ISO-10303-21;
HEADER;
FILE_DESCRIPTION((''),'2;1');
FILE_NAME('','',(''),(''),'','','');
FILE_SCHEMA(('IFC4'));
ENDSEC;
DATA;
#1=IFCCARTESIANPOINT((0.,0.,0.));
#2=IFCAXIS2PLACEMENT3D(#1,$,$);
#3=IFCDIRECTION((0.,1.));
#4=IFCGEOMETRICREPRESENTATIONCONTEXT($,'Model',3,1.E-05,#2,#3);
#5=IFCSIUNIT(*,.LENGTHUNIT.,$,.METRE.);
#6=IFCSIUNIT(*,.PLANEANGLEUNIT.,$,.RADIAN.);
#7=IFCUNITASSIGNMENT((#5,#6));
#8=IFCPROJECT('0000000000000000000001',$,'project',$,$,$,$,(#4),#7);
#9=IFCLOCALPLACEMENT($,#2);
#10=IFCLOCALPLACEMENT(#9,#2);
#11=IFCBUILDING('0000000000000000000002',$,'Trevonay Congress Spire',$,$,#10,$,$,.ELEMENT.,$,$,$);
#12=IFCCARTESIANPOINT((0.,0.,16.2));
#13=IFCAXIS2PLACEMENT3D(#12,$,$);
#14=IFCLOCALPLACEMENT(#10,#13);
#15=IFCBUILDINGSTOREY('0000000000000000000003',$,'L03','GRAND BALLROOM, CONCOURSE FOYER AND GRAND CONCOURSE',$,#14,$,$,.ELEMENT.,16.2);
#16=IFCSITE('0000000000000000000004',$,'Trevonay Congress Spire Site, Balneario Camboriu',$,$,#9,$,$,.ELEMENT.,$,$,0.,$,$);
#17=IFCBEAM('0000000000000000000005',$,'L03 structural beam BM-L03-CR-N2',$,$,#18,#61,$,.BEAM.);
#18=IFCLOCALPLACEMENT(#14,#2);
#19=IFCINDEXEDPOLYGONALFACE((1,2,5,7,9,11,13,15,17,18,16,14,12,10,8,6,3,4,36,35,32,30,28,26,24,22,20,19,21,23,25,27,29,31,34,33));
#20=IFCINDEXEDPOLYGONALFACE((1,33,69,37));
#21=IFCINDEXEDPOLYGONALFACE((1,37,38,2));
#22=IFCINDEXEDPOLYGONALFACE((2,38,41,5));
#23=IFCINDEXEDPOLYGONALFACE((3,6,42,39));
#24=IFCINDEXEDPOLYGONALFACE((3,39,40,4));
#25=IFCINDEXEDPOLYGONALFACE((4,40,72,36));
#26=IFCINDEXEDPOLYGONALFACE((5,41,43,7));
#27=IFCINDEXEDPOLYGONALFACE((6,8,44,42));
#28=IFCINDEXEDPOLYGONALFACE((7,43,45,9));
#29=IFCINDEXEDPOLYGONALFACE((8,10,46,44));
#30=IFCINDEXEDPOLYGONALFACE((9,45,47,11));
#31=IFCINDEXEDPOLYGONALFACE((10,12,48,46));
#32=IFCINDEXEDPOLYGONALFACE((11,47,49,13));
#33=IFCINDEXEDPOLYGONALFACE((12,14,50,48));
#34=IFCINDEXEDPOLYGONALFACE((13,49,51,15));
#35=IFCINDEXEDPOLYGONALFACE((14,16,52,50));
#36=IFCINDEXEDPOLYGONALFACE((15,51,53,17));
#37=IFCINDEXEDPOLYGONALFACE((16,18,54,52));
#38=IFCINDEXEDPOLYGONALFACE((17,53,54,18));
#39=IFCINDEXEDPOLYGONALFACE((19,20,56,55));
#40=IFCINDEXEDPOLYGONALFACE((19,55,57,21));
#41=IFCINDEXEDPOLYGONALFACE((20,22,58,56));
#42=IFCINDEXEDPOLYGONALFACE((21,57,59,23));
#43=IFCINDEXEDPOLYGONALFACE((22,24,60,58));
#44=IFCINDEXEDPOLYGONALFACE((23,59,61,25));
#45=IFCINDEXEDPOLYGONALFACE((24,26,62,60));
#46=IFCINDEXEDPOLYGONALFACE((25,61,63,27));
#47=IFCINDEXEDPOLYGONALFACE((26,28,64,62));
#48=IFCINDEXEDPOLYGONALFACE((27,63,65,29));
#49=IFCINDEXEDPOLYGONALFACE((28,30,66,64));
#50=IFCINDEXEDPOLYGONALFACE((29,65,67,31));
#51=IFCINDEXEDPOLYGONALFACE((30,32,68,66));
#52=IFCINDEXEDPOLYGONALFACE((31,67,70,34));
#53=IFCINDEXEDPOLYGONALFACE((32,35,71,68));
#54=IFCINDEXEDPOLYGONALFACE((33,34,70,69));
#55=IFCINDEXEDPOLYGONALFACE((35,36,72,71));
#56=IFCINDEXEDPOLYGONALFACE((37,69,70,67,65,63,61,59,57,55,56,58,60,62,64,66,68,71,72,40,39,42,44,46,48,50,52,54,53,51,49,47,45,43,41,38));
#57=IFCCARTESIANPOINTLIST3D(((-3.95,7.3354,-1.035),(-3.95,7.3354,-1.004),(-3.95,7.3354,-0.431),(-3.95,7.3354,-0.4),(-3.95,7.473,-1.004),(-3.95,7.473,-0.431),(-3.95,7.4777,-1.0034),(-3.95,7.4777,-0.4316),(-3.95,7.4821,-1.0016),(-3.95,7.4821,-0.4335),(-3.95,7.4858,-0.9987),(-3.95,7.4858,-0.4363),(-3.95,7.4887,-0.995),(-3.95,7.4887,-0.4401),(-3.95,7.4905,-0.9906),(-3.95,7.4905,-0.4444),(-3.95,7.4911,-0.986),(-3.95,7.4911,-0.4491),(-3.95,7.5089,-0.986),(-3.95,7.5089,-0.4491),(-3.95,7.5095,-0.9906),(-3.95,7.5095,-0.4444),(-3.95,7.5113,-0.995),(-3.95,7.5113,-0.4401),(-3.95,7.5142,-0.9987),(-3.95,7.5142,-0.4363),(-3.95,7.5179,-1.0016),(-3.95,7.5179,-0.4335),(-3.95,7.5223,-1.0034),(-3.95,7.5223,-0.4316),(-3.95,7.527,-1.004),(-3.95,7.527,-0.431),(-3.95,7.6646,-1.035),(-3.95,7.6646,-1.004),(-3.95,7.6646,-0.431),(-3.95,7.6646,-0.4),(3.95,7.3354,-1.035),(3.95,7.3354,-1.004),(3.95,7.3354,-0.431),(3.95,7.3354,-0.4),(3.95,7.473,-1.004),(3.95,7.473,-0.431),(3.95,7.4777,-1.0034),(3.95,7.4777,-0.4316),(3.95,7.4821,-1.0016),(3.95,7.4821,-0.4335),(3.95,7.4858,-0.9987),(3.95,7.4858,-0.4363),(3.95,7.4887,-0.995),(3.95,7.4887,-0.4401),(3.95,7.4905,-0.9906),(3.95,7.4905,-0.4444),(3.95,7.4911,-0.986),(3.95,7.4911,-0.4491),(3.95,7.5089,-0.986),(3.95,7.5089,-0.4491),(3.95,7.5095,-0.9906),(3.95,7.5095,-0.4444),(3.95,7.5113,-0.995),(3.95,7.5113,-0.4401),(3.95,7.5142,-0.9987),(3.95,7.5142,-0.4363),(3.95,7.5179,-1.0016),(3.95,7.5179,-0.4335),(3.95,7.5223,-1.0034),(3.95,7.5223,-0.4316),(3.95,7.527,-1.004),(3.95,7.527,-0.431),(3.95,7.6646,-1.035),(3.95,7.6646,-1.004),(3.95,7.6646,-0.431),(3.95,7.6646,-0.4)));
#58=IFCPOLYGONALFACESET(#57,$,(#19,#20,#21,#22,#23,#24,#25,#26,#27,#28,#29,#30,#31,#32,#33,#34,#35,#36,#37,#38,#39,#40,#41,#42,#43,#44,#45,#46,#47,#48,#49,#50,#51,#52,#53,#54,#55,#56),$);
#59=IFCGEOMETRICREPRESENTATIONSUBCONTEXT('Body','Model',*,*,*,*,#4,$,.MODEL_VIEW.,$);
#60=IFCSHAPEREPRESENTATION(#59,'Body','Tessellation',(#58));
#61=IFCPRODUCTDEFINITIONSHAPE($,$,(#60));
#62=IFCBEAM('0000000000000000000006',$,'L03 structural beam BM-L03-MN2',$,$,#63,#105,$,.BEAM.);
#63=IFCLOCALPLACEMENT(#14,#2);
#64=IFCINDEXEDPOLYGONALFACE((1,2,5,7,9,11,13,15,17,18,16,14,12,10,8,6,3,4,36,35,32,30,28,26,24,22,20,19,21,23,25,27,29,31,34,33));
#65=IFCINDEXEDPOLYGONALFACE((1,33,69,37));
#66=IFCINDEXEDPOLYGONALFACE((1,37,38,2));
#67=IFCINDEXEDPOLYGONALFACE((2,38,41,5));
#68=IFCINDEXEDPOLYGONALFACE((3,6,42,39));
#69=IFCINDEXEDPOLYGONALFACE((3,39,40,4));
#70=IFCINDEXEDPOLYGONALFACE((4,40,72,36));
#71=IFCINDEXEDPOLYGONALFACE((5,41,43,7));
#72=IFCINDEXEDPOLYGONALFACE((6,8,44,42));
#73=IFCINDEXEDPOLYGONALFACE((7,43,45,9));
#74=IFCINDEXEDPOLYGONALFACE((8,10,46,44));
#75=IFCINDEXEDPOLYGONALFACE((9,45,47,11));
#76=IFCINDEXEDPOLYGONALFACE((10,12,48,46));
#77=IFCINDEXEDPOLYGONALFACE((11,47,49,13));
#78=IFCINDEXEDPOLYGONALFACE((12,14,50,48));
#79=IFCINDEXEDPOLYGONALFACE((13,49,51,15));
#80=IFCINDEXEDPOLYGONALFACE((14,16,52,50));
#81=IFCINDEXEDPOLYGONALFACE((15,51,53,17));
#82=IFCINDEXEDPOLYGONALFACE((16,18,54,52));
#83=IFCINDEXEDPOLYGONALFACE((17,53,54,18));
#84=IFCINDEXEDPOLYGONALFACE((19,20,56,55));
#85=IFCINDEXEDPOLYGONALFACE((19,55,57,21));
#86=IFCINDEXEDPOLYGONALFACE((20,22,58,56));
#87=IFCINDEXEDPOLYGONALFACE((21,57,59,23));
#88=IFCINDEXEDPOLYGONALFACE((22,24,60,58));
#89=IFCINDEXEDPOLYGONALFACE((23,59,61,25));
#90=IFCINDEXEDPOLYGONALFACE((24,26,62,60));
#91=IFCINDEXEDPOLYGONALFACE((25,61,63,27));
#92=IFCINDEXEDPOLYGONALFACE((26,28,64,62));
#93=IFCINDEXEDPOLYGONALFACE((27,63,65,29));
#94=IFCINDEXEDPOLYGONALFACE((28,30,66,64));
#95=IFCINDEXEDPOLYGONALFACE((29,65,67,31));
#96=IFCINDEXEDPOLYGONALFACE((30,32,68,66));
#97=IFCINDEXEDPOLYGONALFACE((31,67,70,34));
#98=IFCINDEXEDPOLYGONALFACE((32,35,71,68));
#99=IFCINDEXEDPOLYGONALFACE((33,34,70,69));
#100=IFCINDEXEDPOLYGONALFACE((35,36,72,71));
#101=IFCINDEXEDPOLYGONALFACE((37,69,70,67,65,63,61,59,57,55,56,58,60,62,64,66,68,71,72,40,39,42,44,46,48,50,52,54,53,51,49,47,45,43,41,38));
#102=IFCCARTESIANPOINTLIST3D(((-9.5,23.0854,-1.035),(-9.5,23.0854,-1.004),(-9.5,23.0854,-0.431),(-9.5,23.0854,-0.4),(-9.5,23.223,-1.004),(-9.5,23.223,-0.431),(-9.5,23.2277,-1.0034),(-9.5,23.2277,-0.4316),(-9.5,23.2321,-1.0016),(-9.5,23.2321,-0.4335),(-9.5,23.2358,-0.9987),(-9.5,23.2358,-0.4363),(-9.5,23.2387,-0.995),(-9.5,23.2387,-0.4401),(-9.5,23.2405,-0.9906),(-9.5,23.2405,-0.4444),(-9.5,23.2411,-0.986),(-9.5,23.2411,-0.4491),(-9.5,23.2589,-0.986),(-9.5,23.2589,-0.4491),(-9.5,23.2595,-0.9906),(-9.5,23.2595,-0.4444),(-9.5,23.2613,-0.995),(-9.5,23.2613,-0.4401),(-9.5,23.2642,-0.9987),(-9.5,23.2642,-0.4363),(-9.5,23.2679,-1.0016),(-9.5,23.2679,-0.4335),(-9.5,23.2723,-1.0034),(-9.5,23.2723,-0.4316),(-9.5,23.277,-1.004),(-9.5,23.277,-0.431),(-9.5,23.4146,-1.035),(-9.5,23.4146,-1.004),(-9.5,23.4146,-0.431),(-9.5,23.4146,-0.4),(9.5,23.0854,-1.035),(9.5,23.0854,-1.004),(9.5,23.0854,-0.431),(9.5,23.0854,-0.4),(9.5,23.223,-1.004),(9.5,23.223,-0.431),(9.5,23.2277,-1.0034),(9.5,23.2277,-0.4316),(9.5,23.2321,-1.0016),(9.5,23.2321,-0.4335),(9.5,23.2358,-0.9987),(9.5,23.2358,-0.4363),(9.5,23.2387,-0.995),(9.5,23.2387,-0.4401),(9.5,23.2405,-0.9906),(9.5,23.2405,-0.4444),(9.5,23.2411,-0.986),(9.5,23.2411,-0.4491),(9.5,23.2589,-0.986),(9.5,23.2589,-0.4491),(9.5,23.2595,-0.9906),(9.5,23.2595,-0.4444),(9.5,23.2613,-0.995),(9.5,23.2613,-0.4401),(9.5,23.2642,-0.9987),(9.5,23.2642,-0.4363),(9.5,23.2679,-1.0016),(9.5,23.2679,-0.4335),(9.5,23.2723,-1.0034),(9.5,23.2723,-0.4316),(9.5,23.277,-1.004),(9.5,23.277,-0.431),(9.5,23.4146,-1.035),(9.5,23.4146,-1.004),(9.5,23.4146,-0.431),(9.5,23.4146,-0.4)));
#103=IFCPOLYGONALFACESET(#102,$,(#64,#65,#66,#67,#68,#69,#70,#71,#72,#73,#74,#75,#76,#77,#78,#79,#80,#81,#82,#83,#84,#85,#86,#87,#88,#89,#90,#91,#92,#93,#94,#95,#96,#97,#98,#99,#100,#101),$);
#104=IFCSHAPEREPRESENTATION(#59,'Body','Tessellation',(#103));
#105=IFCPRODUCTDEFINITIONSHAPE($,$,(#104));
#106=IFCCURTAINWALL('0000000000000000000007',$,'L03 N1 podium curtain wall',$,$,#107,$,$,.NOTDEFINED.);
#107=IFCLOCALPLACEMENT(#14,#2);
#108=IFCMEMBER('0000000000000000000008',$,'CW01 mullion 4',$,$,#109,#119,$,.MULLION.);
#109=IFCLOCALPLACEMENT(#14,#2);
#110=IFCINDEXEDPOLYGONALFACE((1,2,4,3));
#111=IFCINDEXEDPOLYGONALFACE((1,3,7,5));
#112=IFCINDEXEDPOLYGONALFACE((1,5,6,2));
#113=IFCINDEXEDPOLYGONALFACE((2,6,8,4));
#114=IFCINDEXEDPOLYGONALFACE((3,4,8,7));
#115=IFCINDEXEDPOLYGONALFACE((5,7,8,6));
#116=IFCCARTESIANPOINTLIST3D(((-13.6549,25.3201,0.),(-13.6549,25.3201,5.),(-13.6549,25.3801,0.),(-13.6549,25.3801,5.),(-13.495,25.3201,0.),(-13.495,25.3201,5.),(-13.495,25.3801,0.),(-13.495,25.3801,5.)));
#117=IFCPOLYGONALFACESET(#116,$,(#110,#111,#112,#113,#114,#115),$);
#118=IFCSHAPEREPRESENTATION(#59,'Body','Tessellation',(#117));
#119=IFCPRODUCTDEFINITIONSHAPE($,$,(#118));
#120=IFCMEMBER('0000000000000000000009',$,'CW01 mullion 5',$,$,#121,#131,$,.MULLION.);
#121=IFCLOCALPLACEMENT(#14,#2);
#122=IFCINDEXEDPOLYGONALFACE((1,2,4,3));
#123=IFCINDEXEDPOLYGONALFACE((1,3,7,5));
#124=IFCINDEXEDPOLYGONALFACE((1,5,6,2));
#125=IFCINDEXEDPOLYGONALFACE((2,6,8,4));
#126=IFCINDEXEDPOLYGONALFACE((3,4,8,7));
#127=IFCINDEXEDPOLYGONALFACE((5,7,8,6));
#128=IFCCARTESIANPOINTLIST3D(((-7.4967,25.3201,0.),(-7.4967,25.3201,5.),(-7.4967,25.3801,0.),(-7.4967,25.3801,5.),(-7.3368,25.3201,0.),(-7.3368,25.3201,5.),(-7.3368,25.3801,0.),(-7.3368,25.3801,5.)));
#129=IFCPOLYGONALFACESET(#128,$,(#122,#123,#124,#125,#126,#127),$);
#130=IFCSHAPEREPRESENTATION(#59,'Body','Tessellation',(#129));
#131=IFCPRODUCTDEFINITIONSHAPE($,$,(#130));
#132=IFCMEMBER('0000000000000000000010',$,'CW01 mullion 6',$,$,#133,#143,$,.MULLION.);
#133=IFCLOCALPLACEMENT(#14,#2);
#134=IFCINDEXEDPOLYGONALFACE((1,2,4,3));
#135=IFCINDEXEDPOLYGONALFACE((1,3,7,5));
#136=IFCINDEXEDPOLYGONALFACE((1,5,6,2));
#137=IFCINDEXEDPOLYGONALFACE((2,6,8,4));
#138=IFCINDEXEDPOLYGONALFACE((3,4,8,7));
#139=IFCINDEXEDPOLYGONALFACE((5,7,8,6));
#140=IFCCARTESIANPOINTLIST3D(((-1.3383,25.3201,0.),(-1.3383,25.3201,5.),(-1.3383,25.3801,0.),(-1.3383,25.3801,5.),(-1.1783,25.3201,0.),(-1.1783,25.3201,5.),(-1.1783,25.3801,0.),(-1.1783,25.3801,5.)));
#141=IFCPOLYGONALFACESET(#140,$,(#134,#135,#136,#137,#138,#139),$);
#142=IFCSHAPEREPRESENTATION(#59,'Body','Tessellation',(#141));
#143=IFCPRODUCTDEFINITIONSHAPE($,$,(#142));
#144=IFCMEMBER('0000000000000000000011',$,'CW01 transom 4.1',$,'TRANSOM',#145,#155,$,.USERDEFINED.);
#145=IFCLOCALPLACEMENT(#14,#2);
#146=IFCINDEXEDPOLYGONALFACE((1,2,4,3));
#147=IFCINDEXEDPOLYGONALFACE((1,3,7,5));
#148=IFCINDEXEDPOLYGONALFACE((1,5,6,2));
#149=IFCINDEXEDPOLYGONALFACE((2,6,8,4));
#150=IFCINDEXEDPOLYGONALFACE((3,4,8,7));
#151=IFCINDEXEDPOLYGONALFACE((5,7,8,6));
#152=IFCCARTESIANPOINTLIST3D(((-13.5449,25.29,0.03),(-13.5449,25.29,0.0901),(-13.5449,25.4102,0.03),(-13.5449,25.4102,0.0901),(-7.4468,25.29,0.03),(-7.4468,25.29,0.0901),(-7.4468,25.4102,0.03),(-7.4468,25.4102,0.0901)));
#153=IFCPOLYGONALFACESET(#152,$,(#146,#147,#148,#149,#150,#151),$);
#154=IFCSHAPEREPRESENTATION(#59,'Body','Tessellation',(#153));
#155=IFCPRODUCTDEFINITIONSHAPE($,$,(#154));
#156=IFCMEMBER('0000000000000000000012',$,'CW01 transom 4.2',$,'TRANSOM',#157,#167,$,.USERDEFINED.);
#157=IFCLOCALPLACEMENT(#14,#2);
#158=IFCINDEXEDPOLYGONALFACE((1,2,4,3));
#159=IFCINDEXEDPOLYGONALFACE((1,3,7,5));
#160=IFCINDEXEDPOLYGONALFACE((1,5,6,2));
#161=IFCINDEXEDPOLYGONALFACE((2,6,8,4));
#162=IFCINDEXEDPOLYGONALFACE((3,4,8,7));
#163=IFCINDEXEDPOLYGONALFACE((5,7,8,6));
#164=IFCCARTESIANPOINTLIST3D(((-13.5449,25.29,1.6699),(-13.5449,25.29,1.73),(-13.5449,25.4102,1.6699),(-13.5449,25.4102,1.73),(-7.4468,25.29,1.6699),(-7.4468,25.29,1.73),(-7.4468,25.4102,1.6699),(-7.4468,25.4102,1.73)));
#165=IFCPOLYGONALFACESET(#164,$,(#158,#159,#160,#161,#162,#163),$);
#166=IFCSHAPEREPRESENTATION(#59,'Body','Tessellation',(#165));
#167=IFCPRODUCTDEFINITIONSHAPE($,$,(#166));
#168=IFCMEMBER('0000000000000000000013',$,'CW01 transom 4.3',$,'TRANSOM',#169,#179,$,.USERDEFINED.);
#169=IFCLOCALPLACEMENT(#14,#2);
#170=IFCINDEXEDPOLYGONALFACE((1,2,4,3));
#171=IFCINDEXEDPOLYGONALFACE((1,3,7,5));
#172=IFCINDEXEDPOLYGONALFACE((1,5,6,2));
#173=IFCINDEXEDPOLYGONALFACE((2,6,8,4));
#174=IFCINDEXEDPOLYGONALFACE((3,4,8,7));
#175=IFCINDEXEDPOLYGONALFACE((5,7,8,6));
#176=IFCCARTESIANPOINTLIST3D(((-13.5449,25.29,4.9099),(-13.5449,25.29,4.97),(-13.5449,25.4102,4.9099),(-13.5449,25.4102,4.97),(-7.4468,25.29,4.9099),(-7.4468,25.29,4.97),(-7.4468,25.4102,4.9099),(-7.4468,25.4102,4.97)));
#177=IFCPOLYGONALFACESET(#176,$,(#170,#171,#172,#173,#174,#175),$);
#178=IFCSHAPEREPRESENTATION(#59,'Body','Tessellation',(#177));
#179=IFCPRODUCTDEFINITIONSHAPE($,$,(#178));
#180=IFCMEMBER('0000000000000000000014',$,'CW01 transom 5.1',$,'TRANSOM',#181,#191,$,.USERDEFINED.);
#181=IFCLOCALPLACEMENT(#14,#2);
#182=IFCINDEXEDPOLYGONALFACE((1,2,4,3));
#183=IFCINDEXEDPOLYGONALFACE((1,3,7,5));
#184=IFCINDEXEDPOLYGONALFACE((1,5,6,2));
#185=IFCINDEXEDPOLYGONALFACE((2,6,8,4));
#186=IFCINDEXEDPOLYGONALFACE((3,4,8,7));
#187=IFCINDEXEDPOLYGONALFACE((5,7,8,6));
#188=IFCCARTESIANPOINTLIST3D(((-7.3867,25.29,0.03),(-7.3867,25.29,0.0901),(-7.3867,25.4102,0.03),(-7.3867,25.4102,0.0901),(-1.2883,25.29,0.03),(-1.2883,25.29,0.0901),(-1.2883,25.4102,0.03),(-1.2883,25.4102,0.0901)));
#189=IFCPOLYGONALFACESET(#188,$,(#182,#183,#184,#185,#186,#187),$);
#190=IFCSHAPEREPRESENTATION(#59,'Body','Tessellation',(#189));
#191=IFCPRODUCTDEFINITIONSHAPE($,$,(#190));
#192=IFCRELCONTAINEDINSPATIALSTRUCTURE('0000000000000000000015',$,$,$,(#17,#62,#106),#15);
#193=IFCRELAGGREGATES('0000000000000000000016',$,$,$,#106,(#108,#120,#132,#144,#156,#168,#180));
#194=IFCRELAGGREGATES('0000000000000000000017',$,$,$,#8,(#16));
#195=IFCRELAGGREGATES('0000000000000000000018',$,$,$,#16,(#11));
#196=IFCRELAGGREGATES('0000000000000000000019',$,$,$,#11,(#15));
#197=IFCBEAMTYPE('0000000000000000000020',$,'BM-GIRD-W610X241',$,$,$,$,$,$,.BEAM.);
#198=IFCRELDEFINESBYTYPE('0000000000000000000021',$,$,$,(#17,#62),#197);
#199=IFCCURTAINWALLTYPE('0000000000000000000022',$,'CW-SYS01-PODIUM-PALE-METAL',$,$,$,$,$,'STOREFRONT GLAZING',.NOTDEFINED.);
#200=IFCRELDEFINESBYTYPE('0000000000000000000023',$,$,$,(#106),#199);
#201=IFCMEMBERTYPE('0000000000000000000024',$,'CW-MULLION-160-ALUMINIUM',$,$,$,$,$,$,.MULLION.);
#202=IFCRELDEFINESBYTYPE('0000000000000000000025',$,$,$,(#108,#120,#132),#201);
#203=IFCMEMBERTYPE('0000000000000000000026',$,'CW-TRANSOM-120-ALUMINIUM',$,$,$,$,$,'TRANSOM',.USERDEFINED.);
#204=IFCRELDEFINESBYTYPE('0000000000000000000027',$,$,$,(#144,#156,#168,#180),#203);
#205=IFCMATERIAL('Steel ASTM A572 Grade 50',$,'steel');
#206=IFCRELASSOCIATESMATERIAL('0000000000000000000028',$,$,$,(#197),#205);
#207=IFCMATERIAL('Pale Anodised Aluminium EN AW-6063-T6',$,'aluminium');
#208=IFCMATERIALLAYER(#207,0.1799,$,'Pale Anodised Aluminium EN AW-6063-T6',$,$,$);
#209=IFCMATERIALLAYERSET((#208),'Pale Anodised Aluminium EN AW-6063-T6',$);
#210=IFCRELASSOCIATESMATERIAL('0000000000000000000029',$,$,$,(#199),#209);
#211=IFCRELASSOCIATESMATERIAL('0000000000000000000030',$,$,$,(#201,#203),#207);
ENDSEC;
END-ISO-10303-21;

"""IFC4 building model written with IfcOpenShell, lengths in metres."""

from ifc_helpers import new_model, si_unit, direction, frame, origin, origin_2d, place, context, subcontext, project, spatial, rectangle, i_section, extrude, material, layer, layer_set, material_profile, profile_set, type_object, element, aggregate, save


model = new_model("IFC4")

# Units and contexts
model_context = context("Model", 3, precision=1e-05, world=origin(), true_north=direction((0.0, 1.0)))
body_context = subcontext(model_context, "Body", "Model", "MODEL_VIEW")
ifc_project = project(units=[si_unit("LENGTHUNIT", "METRE"), si_unit("PLANEANGLEUNIT", "RADIAN")], contexts=[model_context])

# Site, building, storey
site_placement = place(None, origin())
site = spatial("IfcSite", under=ifc_project, at=site_placement, Name="Trevonay Congress Spire Site, Balneario Camboriu", CompositionType="ELEMENT", RefElevation=0.0)
building_placement = place(site_placement, origin())
building = spatial("IfcBuilding", under=site, at=building_placement, Name="Trevonay Congress Spire", CompositionType="ELEMENT")
storey_placement = place(building_placement, frame((0.0, 0.0, 16.2)))
storey = spatial("IfcBuildingStorey", under=building, at=storey_placement, Name="L03", Description="GRAND BALLROOM, CONCOURSE FOYER AND GRAND CONCOURSE", CompositionType="ELEMENT", Elevation=16.2)

# Shared definitions
ifc_material_1 = material(Name="Steel ASTM A572 Grade 50", Category="steel")

# Beams
ifc_material_profile_1 = material_profile(ifc_material_1, i_section(OverallWidth=0.3291, OverallDepth=0.635, WebThickness=0.0178, FlangeThickness=0.031, FilletRadius=0.0181, at=origin_2d()), Name="W610x241")
ifc_profile_set_1 = profile_set([ifc_material_profile_1], Name="Steel ASTM A572 Grade 50")
beam_type_1 = type_object("IfcBeamType", Name="BM-GIRD-W610X241", PredefinedType="BEAM", material=ifc_profile_set_1)
beam_1_placement = place(storey_placement, frame((-3.95, 7.5, -0.7175), z_axis=(1.0, 0.0, 0.0), x_axis=(0.0, 1.0, 0.0)))
element("IfcBeam", 1, at=beam_1_placement, inside=storey, type_object=beam_type_1, Name="L03 structural beam BM-L03-CR-N2", PredefinedType="BEAM", context=body_context, shape_type="SweptSolid", body=[
    extrude(i_section(OverallWidth=0.3291, OverallDepth=0.635, WebThickness=0.0178, FlangeThickness=0.031, FilletRadius=0.0181, at=origin_2d()), origin(), (0.0, 0.0, 1.0), 7.8999),
])
beam_2_placement = place(storey_placement, frame((-9.5, 23.25, -0.7175), z_axis=(1.0, 0.0, 0.0), x_axis=(0.0, 1.0, 0.0)))
element("IfcBeam", 2, at=beam_2_placement, inside=storey, type_object=beam_type_1, Name="L03 structural beam BM-L03-MN2", PredefinedType="BEAM", context=body_context, shape_type="SweptSolid", body=[
    extrude(i_section(OverallWidth=0.3291, OverallDepth=0.635, WebThickness=0.0178, FlangeThickness=0.031, FilletRadius=0.0181, at=origin_2d()), origin(), (0.0, 0.0, 1.0), 19.0),
])

# Curtain wall, members
ifc_material_2 = material(Name="Pale Anodised Aluminium EN AW-6063-T6", Category="aluminium")
ifc_layer_1 = layer(ifc_material_2, 0.1799, Name="Pale Anodised Aluminium EN AW-6063-T6")
ifc_layer_set_1 = layer_set([ifc_layer_1], Name="Pale Anodised Aluminium EN AW-6063-T6")
curtain_wall_type = type_object("IfcCurtainWallType", Name="CW-SYS01-PODIUM-PALE-METAL", ElementType="STOREFRONT GLAZING", PredefinedType="NOTDEFINED", material=ifc_layer_set_1)
curtain_wall_placement = place(storey_placement, origin())
curtain_wall = element("IfcCurtainWall", 3, at=curtain_wall_placement, inside=storey, type_object=curtain_wall_type, Name="L03 N1 podium curtain wall", PredefinedType="NOTDEFINED")
ifc_material_profile_2 = material_profile(ifc_material_2, rectangle(XDim=0.0601, YDim=0.1599, at=origin_2d()), Name="CW-MULLION-160-ALUMINIUM")
ifc_profile_set_2 = profile_set([ifc_material_profile_2], Name="Pale Anodised Aluminium EN AW-6063-T6")
member_type_1 = type_object("IfcMemberType", Name="CW-MULLION-160-ALUMINIUM", PredefinedType="MULLION", material=ifc_profile_set_2)
member_1_placement = place(storey_placement, frame((-13.575, 25.3501, 0.0), z_axis=(0.0, 0.0, 1.0), x_axis=(0.0, 1.0, 0.0)))
member_1 = element("IfcMember", 4, at=member_1_placement, type_object=member_type_1, Name="CW01 mullion 4", PredefinedType="MULLION", context=body_context, shape_type="SweptSolid", body=[
    extrude(rectangle(XDim=0.0601, YDim=0.1599, at=origin_2d()), origin(), (0.0, 0.0, 1.0), 5.0),
])
member_2_placement = place(storey_placement, frame((-7.4167, 25.3501, 0.0), z_axis=(0.0, 0.0, 1.0), x_axis=(0.0, 1.0, 0.0)))
member_2 = element("IfcMember", 5, at=member_2_placement, type_object=member_type_1, Name="CW01 mullion 5", PredefinedType="MULLION", context=body_context, shape_type="SweptSolid", body=[
    extrude(rectangle(XDim=0.0601, YDim=0.1599, at=origin_2d()), origin(), (0.0, 0.0, 1.0), 5.0),
])
member_3_placement = place(storey_placement, frame((-1.2583, 25.3501, 0.0), z_axis=(0.0, 0.0, 1.0), x_axis=(0.0, 1.0, 0.0)))
member_3 = element("IfcMember", 6, at=member_3_placement, type_object=member_type_1, Name="CW01 mullion 6", PredefinedType="MULLION", context=body_context, shape_type="SweptSolid", body=[
    extrude(rectangle(XDim=0.0601, YDim=0.1599, at=origin_2d()), origin(), (0.0, 0.0, 1.0), 5.0),
])
ifc_material_profile_3 = material_profile(ifc_material_2, rectangle(XDim=0.1201, YDim=0.0601, at=origin_2d()), Name="CW-TRANSOM-120-ALUMINIUM")
ifc_profile_set_3 = profile_set([ifc_material_profile_3], Name="Pale Anodised Aluminium EN AW-6063-T6")
member_type_2 = type_object("IfcMemberType", Name="CW-TRANSOM-120-ALUMINIUM", ElementType="TRANSOM", PredefinedType="USERDEFINED", material=ifc_profile_set_3)
member_4_placement = place(storey_placement, frame((-13.5449, 25.3501, 0.0601), z_axis=(1.0, 0.0, 0.0), x_axis=(0.0, 1.0, 0.0)))
member_4 = element("IfcMember", 7, at=member_4_placement, type_object=member_type_2, Name="CW01 transom 4.1", ObjectType="TRANSOM", PredefinedType="USERDEFINED", context=body_context, shape_type="SweptSolid", body=[
    extrude(rectangle(XDim=0.1201, YDim=0.0601, at=origin_2d()), origin(), (0.0, 0.0, 1.0), 6.0981),
])
member_5_placement = place(storey_placement, frame((-13.5449, 25.3501, 1.7), z_axis=(1.0, 0.0, 0.0), x_axis=(0.0, 1.0, 0.0)))
member_5 = element("IfcMember", 8, at=member_5_placement, type_object=member_type_2, Name="CW01 transom 4.2", ObjectType="TRANSOM", PredefinedType="USERDEFINED", context=body_context, shape_type="SweptSolid", body=[
    extrude(rectangle(XDim=0.1201, YDim=0.0601, at=origin_2d()), origin(), (0.0, 0.0, 1.0), 6.0981),
])
member_6_placement = place(storey_placement, frame((-13.5449, 25.3501, 4.9399), z_axis=(1.0, 0.0, 0.0), x_axis=(0.0, 1.0, 0.0)))
member_6 = element("IfcMember", 9, at=member_6_placement, type_object=member_type_2, Name="CW01 transom 4.3", ObjectType="TRANSOM", PredefinedType="USERDEFINED", context=body_context, shape_type="SweptSolid", body=[
    extrude(rectangle(XDim=0.1201, YDim=0.0601, at=origin_2d()), origin(), (0.0, 0.0, 1.0), 6.0981),
])
member_7_placement = place(storey_placement, frame((-7.3867, 25.3501, 0.0601), z_axis=(1.0, 0.0, 0.0), x_axis=(0.0, 1.0, 0.0)))
member_7 = element("IfcMember", 10, at=member_7_placement, type_object=member_type_2, Name="CW01 transom 5.1", ObjectType="TRANSOM", PredefinedType="USERDEFINED", context=body_context, shape_type="SweptSolid", body=[
    extrude(rectangle(XDim=0.1201, YDim=0.0601, at=origin_2d()), origin(), (0.0, 0.0, 1.0), 6.0984),
])

aggregate(curtain_wall, [member_1, member_2, member_3, member_4, member_5, member_6, member_7])

save(model, "model.ifc")
